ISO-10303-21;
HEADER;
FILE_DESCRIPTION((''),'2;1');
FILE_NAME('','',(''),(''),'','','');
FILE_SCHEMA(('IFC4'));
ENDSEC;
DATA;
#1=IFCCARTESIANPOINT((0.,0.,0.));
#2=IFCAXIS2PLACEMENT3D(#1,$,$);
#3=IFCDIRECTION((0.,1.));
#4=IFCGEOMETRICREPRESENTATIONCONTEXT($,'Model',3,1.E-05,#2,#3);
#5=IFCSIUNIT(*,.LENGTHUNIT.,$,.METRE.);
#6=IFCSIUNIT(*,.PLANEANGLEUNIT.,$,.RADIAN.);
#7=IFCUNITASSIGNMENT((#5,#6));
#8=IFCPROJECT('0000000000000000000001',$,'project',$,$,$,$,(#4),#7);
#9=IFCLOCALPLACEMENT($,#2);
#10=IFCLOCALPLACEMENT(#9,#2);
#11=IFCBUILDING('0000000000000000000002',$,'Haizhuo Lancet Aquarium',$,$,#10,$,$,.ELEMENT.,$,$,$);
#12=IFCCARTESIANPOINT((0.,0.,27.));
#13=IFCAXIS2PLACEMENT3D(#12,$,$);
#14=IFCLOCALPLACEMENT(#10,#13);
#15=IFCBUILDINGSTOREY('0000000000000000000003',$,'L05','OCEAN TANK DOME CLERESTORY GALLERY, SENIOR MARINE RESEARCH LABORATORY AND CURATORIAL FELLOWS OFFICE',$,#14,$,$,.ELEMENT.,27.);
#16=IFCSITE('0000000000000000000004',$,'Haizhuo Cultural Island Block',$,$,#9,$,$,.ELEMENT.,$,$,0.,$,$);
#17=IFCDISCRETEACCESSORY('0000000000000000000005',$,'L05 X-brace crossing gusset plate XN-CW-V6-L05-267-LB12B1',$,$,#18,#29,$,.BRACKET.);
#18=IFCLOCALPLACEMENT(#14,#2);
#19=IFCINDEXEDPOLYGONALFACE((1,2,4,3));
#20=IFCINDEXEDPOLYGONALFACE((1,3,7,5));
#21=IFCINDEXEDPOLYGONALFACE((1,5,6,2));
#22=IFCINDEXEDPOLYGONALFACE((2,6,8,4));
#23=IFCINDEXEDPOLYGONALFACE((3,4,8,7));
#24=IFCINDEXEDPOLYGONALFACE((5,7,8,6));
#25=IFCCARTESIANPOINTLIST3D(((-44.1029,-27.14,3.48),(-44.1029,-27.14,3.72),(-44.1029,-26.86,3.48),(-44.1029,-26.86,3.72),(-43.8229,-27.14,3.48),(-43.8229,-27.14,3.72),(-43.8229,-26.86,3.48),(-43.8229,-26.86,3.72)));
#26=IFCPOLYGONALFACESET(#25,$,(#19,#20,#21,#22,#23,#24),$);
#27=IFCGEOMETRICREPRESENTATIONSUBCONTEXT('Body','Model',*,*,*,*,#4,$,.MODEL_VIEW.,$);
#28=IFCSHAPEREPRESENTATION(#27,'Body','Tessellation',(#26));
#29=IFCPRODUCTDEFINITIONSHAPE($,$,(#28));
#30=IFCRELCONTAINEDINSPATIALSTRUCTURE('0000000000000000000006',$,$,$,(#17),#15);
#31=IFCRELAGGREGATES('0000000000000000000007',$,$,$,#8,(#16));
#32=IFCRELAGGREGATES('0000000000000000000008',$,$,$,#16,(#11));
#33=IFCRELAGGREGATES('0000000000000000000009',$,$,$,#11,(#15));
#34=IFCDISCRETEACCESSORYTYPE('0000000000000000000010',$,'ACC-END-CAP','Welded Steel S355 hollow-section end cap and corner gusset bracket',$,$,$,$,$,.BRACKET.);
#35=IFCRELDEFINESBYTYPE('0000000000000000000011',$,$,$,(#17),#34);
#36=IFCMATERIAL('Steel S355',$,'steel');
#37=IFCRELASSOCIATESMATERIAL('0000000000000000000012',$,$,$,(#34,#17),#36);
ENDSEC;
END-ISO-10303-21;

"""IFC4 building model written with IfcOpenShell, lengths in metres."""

from ifc_helpers import new_model, si_unit, direction, frame, origin, origin_2d, place, context, subcontext, project, spatial, rectangle, extrude, material, type_object, element, save


model = new_model("IFC4")

# Units and contexts
model_context = context("Model", 3, precision=1e-05, world=origin(), true_north=direction((0.0, 1.0)))
body_context = subcontext(model_context, "Body", "Model", "MODEL_VIEW")
ifc_project = project(units=[si_unit("LENGTHUNIT", "METRE"), si_unit("PLANEANGLEUNIT", "RADIAN")], contexts=[model_context])

# Site, building, storey
site_placement = place(None, origin())
site = spatial("IfcSite", under=ifc_project, at=site_placement, Name="Haizhuo Cultural Island Block", CompositionType="ELEMENT", RefElevation=0.0)
building_placement = place(site_placement, origin())
building = spatial("IfcBuilding", under=site, at=building_placement, Name="Haizhuo Lancet Aquarium", CompositionType="ELEMENT")
storey_placement = place(building_placement, frame((0.0, 0.0, 27.0)))
storey = spatial("IfcBuildingStorey", under=building, at=storey_placement, Name="L05", Description="OCEAN TANK DOME CLERESTORY GALLERY, SENIOR MARINE RESEARCH LABORATORY AND CURATORIAL FELLOWS OFFICE", CompositionType="ELEMENT", Elevation=27.0)

# Shared definitions
ifc_material_1 = material(Name="Steel S355", Category="steel")

# Discrete accessory
discrete_accessory_type = type_object("IfcDiscreteAccessoryType", Name="ACC-END-CAP", Description="Welded Steel S355 hollow-section end cap and corner gusset bracket", PredefinedType="BRACKET", material=ifc_material_1)
for number, where, z_axis, x_axis, name in (
    (1, (-43.9629, -27.0, 3.48), (0.0, 0.0, 1.0), (1.0, 0.0, 0.0), "L05 X-brace crossing gusset plate XN-CW-V6-L05-267-LB12B1"),
):
    element("IfcDiscreteAccessory", number, at=place(storey_placement, frame(where, z_axis=z_axis, x_axis=x_axis)), inside=storey, type_object=discrete_accessory_type, material=ifc_material_1, Name=name, PredefinedType="BRACKET", context=body_context, shape_type="SweptSolid", body=[
        extrude(rectangle(XDim=0.28, YDim=0.28, at=origin_2d()), origin(), (0.0, 0.0, 1.0), 0.24),
    ])

save(model, "model.ifc")
